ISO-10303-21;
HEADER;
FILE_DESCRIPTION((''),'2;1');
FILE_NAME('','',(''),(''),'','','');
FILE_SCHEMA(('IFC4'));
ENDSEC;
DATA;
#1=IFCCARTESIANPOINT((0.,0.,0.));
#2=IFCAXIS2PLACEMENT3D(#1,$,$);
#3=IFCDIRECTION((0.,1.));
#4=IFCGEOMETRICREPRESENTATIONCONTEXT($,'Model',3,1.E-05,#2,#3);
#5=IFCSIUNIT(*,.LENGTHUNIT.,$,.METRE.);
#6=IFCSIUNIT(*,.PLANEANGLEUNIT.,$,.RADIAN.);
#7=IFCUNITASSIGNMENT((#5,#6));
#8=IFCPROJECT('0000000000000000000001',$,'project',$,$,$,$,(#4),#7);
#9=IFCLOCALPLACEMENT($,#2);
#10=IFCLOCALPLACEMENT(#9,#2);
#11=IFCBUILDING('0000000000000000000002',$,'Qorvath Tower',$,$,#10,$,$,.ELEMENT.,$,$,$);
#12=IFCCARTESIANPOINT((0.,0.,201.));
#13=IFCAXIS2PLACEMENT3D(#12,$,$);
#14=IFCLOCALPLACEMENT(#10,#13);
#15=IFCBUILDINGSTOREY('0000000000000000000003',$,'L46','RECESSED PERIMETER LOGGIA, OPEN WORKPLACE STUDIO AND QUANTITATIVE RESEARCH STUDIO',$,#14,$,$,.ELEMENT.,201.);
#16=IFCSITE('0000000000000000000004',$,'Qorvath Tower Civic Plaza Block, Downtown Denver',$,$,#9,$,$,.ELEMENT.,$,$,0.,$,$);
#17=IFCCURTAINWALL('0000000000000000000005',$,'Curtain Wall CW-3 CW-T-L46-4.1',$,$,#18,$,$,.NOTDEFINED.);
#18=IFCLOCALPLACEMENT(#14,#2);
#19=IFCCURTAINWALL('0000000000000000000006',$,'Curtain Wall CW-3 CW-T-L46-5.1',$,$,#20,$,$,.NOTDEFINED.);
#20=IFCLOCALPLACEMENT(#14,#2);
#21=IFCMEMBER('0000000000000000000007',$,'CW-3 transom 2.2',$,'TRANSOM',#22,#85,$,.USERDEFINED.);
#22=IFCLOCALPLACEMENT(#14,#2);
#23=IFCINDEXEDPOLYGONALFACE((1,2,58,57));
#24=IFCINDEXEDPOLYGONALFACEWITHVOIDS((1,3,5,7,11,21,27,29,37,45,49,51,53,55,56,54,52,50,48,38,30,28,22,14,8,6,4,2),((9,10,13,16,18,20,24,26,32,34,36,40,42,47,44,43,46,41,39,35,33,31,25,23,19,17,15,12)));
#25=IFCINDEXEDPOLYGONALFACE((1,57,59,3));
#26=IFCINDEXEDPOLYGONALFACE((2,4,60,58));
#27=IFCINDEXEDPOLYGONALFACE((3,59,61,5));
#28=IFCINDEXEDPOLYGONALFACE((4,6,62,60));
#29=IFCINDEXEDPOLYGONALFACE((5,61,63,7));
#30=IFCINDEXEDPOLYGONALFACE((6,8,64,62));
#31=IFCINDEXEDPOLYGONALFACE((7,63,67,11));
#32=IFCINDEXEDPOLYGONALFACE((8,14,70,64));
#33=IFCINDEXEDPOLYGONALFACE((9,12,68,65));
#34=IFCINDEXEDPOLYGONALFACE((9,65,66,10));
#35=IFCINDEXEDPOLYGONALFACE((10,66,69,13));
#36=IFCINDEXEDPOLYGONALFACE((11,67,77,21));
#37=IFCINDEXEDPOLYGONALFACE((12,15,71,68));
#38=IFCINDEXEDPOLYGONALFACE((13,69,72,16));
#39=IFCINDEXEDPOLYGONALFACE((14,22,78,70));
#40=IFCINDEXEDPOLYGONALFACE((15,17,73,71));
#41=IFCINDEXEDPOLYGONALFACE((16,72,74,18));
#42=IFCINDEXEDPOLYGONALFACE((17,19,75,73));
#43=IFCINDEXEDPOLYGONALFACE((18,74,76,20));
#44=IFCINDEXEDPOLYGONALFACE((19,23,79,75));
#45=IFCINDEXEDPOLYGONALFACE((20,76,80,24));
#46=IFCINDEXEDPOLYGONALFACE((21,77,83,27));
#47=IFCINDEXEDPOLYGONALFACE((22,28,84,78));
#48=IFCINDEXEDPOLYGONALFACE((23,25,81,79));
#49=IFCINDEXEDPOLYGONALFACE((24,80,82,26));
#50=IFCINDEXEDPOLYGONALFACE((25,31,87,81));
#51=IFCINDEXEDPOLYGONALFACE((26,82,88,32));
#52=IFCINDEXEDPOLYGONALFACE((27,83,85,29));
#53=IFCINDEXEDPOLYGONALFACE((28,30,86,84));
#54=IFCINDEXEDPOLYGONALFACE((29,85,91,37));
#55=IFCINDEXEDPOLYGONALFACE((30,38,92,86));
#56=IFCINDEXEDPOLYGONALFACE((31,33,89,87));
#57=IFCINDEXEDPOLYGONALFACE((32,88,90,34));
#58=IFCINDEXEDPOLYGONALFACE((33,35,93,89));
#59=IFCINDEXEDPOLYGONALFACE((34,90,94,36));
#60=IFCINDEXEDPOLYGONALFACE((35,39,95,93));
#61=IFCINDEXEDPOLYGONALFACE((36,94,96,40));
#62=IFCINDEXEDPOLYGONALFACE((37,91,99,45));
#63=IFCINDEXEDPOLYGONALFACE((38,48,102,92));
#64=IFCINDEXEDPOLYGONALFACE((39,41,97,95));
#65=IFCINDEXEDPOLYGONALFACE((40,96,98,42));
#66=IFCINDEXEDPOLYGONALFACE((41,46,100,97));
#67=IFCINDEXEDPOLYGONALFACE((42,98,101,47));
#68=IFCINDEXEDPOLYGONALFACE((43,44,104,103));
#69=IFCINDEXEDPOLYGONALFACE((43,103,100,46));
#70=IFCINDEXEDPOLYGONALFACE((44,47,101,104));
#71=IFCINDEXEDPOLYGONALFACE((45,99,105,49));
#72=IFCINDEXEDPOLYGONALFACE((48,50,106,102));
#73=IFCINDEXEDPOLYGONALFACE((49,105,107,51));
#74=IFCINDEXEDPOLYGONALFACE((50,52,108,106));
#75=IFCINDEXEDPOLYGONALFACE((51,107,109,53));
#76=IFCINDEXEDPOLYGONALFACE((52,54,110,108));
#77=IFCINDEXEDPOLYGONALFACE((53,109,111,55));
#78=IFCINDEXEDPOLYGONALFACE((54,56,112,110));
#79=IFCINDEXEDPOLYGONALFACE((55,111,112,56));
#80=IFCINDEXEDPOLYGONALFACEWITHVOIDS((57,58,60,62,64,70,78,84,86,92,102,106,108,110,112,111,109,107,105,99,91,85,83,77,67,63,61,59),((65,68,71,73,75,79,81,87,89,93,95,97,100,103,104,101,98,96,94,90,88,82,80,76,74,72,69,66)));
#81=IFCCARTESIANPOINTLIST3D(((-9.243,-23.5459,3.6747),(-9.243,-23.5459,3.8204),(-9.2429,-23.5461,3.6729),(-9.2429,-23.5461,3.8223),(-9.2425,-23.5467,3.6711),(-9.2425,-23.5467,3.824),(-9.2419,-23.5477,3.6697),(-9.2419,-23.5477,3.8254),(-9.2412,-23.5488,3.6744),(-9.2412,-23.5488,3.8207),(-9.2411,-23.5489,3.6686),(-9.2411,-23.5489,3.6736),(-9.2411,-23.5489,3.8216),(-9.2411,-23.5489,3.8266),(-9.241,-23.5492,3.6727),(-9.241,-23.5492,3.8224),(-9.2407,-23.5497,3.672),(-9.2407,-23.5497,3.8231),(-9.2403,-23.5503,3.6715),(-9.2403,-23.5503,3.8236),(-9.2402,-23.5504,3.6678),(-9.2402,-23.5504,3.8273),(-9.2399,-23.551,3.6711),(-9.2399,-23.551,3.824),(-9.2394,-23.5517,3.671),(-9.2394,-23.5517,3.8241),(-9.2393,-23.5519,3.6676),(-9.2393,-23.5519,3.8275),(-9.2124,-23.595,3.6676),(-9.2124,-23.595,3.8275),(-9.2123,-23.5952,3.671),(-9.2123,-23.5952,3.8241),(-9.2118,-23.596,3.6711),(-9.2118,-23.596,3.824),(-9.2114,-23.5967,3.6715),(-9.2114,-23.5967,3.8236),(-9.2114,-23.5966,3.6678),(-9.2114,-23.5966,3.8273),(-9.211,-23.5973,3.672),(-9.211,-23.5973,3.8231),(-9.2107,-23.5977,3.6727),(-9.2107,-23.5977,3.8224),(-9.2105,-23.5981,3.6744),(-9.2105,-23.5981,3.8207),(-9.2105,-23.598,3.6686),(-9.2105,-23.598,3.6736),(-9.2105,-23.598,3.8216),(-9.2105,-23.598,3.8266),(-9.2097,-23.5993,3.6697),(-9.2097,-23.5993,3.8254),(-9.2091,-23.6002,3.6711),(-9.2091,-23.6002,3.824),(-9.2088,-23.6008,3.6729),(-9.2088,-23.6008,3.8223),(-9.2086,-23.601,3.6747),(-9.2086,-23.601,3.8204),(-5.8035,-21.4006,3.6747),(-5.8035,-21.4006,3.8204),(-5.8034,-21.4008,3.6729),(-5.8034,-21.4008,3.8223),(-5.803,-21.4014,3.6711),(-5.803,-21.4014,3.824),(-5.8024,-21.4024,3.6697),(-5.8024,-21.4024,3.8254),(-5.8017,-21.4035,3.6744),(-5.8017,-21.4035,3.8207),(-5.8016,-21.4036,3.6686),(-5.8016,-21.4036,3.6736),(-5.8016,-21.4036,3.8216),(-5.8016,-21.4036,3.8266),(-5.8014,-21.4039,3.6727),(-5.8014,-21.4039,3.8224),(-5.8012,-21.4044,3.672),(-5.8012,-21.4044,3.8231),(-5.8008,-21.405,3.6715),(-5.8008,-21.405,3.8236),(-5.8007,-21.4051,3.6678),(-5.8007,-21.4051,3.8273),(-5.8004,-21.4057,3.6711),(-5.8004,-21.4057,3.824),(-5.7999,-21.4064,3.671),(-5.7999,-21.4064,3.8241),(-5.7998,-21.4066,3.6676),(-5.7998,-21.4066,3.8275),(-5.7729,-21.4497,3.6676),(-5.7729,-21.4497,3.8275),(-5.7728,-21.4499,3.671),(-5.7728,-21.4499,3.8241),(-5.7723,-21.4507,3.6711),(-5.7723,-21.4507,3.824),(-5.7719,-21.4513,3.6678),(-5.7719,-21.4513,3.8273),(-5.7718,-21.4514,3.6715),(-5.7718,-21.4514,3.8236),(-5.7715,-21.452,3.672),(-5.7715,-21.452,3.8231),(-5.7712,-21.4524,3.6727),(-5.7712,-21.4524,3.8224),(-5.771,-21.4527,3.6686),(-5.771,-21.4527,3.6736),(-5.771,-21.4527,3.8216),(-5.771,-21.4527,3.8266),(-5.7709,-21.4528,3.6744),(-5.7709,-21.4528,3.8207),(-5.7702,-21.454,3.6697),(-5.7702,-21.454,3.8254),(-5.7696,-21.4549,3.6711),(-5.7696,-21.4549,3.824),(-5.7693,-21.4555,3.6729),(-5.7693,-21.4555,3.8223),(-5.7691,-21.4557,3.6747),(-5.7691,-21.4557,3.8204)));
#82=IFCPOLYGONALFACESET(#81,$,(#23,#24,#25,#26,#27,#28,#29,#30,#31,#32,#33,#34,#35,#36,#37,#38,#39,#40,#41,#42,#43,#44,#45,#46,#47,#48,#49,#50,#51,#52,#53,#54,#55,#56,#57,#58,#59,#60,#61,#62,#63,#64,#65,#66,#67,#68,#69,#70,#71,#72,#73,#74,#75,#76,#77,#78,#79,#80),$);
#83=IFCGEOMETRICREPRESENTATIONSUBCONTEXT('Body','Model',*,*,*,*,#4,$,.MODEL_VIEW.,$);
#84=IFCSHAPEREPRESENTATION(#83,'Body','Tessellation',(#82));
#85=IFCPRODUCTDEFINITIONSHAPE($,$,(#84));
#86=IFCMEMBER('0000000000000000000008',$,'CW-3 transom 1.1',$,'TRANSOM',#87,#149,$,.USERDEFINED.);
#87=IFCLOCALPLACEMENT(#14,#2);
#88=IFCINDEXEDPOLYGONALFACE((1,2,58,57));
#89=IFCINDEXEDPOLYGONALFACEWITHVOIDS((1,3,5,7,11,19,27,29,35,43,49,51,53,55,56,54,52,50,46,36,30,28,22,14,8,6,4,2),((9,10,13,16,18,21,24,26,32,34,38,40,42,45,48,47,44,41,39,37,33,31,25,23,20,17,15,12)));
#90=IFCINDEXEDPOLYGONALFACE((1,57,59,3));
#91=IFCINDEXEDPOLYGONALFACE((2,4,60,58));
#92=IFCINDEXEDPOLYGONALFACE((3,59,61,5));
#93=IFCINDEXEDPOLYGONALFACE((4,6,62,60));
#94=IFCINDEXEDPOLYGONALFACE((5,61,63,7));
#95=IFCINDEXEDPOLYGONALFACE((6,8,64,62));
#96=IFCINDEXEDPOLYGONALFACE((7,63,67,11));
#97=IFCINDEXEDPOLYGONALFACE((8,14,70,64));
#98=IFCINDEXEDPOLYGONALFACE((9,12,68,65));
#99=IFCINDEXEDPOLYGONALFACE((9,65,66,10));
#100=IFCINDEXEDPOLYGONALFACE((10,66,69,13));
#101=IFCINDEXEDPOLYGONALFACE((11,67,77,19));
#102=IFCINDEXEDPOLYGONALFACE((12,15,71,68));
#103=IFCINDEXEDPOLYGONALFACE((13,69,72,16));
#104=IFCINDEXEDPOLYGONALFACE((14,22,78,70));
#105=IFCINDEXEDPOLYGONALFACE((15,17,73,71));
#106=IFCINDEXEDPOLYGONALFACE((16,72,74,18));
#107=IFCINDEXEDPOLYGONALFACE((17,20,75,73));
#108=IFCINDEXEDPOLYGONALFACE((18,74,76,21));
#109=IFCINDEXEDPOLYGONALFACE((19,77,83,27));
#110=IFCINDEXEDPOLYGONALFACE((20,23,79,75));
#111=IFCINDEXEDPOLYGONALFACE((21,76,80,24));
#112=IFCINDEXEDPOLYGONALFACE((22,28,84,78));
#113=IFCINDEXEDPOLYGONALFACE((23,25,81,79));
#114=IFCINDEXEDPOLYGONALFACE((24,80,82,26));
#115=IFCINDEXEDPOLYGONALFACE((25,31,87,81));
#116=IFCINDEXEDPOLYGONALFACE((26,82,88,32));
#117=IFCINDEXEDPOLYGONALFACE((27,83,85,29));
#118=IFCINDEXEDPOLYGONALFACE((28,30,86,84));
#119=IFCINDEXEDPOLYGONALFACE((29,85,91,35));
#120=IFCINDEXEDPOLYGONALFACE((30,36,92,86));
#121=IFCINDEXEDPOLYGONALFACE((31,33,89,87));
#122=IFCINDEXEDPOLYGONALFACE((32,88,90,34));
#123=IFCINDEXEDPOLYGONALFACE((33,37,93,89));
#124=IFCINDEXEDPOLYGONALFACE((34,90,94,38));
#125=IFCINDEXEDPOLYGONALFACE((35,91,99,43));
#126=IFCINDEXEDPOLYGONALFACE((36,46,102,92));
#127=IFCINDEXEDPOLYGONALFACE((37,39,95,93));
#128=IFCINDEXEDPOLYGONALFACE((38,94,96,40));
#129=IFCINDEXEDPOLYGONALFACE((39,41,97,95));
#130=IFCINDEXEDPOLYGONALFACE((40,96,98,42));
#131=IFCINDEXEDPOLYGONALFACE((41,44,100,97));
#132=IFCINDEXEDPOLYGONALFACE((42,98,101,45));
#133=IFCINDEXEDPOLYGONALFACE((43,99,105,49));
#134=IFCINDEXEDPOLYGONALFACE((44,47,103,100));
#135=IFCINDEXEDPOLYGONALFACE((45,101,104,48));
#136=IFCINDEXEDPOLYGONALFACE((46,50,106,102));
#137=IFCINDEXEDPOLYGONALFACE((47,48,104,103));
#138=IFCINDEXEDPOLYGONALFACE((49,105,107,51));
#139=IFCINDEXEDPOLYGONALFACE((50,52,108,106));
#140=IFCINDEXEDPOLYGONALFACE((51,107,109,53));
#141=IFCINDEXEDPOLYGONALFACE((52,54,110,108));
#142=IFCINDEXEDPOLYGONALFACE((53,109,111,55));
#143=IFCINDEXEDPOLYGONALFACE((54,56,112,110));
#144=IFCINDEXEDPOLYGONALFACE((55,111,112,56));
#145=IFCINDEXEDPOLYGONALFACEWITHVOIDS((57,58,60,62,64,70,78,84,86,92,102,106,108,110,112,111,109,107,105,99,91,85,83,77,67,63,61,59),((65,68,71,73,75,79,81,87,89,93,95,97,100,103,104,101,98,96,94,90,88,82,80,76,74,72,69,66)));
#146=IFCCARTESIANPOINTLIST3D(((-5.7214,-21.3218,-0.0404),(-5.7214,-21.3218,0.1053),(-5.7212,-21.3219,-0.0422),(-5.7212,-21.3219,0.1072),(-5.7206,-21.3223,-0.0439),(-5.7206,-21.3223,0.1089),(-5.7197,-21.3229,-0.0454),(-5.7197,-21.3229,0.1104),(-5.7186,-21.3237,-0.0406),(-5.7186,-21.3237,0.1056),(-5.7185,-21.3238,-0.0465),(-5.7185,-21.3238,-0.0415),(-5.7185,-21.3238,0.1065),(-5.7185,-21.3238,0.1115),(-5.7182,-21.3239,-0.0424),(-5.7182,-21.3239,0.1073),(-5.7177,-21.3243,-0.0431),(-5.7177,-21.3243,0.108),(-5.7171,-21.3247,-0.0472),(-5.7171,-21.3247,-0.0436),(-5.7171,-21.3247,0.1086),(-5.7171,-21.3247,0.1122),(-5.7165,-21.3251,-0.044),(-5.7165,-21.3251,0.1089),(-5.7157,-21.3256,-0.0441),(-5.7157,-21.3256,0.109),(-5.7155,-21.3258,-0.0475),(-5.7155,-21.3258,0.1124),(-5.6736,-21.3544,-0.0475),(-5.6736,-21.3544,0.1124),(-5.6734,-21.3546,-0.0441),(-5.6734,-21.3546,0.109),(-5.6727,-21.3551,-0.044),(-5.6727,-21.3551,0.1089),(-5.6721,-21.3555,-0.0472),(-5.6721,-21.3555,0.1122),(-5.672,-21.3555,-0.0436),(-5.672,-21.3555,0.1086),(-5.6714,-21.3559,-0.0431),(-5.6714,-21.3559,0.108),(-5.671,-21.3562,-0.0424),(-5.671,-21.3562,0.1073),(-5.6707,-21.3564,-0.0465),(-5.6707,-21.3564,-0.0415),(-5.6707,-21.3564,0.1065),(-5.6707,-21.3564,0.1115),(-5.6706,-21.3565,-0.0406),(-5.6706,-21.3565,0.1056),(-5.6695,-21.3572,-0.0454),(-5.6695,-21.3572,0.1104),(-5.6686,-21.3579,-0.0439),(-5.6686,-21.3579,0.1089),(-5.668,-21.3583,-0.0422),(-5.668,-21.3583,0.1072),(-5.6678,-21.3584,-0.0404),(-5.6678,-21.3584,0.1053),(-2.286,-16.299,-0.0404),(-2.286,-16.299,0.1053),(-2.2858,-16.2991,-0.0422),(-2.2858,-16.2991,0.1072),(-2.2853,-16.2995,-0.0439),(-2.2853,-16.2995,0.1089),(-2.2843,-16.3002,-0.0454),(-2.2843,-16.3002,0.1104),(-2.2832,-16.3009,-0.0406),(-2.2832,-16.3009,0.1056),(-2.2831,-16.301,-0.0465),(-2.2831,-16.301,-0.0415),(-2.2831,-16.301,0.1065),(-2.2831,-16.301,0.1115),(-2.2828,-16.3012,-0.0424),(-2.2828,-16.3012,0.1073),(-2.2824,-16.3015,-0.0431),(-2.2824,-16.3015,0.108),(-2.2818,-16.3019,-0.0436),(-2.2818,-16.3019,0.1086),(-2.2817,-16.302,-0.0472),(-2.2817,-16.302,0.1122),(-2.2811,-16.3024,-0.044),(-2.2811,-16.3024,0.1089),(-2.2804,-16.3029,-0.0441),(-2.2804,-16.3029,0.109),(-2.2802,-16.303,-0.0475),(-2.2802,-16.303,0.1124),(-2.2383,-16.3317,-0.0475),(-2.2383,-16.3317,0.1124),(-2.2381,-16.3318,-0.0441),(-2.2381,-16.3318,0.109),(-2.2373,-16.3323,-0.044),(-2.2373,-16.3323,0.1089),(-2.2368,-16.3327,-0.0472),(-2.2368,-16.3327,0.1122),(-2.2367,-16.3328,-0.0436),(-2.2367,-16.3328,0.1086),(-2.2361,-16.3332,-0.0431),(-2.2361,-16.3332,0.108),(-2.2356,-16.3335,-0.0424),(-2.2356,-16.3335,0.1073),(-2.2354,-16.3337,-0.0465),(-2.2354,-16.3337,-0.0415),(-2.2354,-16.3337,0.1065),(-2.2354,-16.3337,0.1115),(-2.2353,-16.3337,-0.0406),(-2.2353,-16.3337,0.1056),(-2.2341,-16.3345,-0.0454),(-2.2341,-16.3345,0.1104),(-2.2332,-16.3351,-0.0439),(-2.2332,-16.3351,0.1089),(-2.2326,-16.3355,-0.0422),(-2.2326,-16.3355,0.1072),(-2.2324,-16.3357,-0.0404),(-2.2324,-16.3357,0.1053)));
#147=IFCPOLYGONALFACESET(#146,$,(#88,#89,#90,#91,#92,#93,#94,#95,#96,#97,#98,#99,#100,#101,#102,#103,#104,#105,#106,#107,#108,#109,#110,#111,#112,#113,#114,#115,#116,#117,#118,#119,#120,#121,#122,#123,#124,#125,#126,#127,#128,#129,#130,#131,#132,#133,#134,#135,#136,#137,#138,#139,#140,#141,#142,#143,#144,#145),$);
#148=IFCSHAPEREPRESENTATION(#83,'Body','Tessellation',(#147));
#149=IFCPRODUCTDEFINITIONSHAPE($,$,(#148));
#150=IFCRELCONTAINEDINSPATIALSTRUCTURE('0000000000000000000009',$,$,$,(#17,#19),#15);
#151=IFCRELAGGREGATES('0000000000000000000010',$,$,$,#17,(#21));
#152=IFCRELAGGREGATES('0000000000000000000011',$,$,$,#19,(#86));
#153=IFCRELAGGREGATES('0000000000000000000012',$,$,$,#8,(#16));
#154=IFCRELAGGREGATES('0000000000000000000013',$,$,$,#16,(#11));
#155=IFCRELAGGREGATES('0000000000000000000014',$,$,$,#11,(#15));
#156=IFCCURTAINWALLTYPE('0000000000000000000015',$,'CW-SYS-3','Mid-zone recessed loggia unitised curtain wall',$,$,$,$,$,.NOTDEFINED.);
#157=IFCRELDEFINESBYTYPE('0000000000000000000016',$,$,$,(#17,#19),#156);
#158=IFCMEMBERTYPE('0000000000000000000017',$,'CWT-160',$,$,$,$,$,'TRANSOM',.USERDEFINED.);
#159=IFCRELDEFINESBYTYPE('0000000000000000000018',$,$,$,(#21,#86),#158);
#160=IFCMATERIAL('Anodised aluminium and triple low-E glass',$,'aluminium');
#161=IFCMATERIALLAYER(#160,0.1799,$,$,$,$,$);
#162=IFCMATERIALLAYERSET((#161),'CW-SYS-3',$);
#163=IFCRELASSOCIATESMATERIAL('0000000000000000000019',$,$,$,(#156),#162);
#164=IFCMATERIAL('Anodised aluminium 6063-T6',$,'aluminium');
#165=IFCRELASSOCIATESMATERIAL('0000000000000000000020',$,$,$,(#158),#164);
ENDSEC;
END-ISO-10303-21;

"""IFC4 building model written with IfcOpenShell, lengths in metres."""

from ifc_helpers import new_model, si_unit, direction, frame, origin, origin_2d, place, context, subcontext, project, spatial, hollow_rectangle, extrude, material, layer, layer_set, material_profile, profile_set, type_object, element, aggregate, save


model = new_model("IFC4")

# Units and contexts
model_context = context("Model", 3, precision=1e-05, world=origin(), true_north=direction((0.0, 1.0)))
body_context = subcontext(model_context, "Body", "Model", "MODEL_VIEW")
ifc_project = project(units=[si_unit("LENGTHUNIT", "METRE"), si_unit("PLANEANGLEUNIT", "RADIAN")], contexts=[model_context])

# Site, building, storey
site_placement = place(None, origin())
site = spatial("IfcSite", under=ifc_project, at=site_placement, Name="Qorvath Tower Civic Plaza Block, Downtown Denver", CompositionType="ELEMENT", RefElevation=0.0)
building_placement = place(site_placement, origin())
building = spatial("IfcBuilding", under=site, at=building_placement, Name="Qorvath Tower", CompositionType="ELEMENT")
storey_placement = place(building_placement, frame((0.0, 0.0, 201.0)))
storey = spatial("IfcBuildingStorey", under=building, at=storey_placement, Name="L46", Description="RECESSED PERIMETER LOGGIA, OPEN WORKPLACE STUDIO AND QUANTITATIVE RESEARCH STUDIO", CompositionType="ELEMENT", Elevation=201.0)

# Curtain walls
ifc_material_1 = material(Name="Anodised aluminium and triple low-E glass", Category="aluminium")
ifc_layer_1 = layer(ifc_material_1, 0.1799)
ifc_layer_set_1 = layer_set([ifc_layer_1], Name="CW-SYS-3")
curtain_wall_type = type_object("IfcCurtainWallType", Name="CW-SYS-3", Description="Mid-zone recessed loggia unitised curtain wall", PredefinedType="NOTDEFINED", material=ifc_layer_set_1)
curtain_wall_1_placement = place(storey_placement, origin())
curtain_wall_1 = element("IfcCurtainWall", 1, at=curtain_wall_1_placement, inside=storey, type_object=curtain_wall_type, Name="Curtain Wall CW-3 CW-T-L46-4.1", PredefinedType="NOTDEFINED")
curtain_wall_2_placement = place(storey_placement, origin())
curtain_wall_2 = element("IfcCurtainWall", 2, at=curtain_wall_2_placement, inside=storey, type_object=curtain_wall_type, Name="Curtain Wall CW-3 CW-T-L46-5.1", PredefinedType="NOTDEFINED")

# Members
ifc_material_2 = material(Name="Anodised aluminium 6063-T6", Category="aluminium")
ifc_material_profile_1 = material_profile(ifc_material_2, hollow_rectangle(XDim=0.0649, YDim=0.1599, WallThickness=0.0034, InnerFilletRadius=0.0034, OuterFilletRadius=0.0071, at=origin_2d()), Name="CWT 160x65")
ifc_profile_set_1 = profile_set([ifc_material_profile_1], Name="Anodised aluminium 6063-T6")
member_type_1 = type_object("IfcMemberType", Name="CWT-160", ElementType="TRANSOM", PredefinedType="USERDEFINED", material=ifc_profile_set_1)
member_1_placement = place(storey_placement, frame((-9.2258, -23.5735, 3.7476), z_axis=(0.848485, 0.529219, 0.0), x_axis=(-0.529219, 0.848485, 0.0)))
member_1 = element("IfcMember", 3, at=member_1_placement, type_object=member_type_1, Name="CW-3 transom 2.2", ObjectType="TRANSOM", PredefinedType="USERDEFINED", context=body_context, shape_type="SweptSolid", body=[
    extrude(hollow_rectangle(XDim=0.0649, YDim=0.1599, WallThickness=0.0034, InnerFilletRadius=0.0034, OuterFilletRadius=0.0071, at=origin_2d()), origin(), (0.0, 0.0, 1.0), 4.0537),
])
member_2_placement = place(storey_placement, frame((-5.6946, -21.3401, 0.0325), z_axis=(0.56454, 0.825406, 0.0), x_axis=(-0.825406, 0.56454, 0.0)))
member_2 = element("IfcMember", 4, at=member_2_placement, type_object=member_type_1, Name="CW-3 transom 1.1", ObjectType="TRANSOM", PredefinedType="USERDEFINED", context=body_context, shape_type="SweptSolid", body=[
    extrude(hollow_rectangle(XDim=0.0649, YDim=0.1599, WallThickness=0.0034, InnerFilletRadius=0.0034, OuterFilletRadius=0.0071, at=origin_2d()), origin(), (0.0, 0.0, 1.0), 6.0852),
])

aggregate(curtain_wall_1, [member_1])
aggregate(curtain_wall_2, [member_2])

save(model, "model.ifc")
